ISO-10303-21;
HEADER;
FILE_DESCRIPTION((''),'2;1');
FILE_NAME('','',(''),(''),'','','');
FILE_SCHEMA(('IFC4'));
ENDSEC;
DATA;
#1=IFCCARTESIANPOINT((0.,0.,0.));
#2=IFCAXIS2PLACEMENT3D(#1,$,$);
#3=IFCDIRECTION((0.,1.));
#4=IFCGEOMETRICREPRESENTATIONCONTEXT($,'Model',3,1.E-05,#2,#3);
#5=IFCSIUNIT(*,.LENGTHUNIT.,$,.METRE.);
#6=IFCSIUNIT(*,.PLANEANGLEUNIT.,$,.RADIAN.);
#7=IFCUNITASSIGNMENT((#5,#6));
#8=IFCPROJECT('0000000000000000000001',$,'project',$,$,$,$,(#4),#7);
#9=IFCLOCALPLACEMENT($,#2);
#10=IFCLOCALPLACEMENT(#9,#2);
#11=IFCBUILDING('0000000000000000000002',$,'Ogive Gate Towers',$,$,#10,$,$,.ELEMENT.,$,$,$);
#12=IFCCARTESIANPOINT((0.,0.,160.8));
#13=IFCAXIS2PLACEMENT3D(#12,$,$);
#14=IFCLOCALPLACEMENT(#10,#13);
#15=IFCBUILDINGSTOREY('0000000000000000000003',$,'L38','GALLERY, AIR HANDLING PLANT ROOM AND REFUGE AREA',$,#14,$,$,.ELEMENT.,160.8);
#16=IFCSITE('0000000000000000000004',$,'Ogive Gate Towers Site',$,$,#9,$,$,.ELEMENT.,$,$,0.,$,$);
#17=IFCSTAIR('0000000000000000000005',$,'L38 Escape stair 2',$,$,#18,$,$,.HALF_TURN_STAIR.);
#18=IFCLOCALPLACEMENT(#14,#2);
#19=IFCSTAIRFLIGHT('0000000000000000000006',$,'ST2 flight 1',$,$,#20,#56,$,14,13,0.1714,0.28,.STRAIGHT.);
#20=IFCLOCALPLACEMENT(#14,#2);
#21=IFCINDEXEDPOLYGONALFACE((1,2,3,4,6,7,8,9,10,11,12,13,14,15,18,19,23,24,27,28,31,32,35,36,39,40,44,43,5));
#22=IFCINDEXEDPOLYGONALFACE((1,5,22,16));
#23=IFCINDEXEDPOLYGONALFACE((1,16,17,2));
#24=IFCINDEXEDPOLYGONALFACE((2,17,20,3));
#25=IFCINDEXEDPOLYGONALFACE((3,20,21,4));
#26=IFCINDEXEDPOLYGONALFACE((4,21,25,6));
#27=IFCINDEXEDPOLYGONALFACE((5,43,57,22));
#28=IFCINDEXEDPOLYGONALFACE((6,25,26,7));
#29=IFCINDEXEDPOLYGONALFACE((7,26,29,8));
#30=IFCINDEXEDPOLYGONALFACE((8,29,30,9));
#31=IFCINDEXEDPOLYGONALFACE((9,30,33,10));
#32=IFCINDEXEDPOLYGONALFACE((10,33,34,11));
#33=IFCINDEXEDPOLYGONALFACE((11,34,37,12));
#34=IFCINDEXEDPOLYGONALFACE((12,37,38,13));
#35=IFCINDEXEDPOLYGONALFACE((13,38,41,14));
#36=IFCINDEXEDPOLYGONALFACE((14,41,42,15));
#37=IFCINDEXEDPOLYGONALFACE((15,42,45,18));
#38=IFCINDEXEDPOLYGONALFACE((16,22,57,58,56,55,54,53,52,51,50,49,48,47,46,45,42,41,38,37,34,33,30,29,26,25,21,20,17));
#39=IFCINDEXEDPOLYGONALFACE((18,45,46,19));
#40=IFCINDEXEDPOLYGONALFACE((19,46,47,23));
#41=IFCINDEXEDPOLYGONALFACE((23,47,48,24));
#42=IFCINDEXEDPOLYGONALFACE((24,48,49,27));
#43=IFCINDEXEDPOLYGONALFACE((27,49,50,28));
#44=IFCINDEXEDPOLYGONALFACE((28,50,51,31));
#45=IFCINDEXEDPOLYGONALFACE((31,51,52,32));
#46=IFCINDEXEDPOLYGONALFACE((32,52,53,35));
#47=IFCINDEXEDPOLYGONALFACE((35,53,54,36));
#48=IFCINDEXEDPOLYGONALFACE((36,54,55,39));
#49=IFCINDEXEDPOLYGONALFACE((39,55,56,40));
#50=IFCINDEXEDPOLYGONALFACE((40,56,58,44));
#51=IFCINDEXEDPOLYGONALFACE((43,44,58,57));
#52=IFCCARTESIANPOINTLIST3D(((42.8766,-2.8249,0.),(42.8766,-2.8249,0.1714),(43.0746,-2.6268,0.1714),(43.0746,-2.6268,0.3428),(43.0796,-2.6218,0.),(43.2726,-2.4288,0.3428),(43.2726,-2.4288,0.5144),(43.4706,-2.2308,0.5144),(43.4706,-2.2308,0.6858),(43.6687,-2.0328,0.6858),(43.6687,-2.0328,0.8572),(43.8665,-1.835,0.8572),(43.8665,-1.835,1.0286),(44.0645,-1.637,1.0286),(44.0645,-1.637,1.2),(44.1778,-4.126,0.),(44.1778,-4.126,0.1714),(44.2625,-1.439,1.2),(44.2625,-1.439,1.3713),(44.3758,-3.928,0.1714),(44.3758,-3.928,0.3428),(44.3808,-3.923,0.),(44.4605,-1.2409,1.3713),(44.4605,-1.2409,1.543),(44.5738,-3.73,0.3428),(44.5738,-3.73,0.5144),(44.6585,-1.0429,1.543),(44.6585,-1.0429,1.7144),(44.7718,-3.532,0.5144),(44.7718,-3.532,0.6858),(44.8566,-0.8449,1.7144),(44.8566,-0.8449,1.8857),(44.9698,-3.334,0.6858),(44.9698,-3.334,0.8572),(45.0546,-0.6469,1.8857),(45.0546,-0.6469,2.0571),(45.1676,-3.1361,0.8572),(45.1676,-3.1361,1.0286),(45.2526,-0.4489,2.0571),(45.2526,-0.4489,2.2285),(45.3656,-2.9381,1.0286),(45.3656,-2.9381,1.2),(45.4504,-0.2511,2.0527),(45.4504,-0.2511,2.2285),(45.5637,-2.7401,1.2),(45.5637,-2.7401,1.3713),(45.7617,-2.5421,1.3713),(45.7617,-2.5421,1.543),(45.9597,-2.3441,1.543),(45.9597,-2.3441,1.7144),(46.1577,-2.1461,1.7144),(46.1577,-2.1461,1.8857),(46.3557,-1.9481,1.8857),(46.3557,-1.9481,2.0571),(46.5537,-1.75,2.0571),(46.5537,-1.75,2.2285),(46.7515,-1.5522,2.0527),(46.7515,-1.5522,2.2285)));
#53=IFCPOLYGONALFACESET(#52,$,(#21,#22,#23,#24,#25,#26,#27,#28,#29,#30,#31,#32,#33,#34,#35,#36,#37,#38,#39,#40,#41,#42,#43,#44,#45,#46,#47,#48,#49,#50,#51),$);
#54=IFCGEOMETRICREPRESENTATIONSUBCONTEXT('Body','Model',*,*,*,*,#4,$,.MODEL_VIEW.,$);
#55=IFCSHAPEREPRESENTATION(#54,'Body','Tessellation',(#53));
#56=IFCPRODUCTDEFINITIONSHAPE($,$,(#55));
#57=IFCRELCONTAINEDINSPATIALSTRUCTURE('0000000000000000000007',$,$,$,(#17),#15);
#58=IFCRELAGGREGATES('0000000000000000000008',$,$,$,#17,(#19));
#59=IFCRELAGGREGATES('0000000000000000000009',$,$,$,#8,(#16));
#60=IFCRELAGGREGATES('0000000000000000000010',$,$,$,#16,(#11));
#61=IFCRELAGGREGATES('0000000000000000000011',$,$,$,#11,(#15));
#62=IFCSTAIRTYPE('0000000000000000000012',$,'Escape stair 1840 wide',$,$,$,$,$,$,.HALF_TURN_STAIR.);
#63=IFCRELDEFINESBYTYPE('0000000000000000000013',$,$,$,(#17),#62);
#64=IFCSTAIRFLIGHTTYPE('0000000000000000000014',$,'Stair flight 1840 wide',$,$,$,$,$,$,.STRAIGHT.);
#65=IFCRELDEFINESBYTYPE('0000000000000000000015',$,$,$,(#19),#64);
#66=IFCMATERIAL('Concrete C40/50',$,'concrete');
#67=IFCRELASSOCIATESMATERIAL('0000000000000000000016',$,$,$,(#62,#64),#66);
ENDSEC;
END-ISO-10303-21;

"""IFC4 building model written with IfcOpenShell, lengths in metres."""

from ifc_helpers import new_model, si_unit, direction, frame, origin, place, context, subcontext, project, spatial, polyline, outline, extrude, material, type_object, element, aggregate, save


model = new_model("IFC4")

# Units and contexts
model_context = context("Model", 3, precision=1e-05, world=origin(), true_north=direction((0.0, 1.0)))
body_context = subcontext(model_context, "Body", "Model", "MODEL_VIEW")
ifc_project = project(units=[si_unit("LENGTHUNIT", "METRE"), si_unit("PLANEANGLEUNIT", "RADIAN")], contexts=[model_context])

# Site, building, storey
site_placement = place(None, origin())
site = spatial("IfcSite", under=ifc_project, at=site_placement, Name="Ogive Gate Towers Site", CompositionType="ELEMENT", RefElevation=0.0)
building_placement = place(site_placement, origin())
building = spatial("IfcBuilding", under=site, at=building_placement, Name="Ogive Gate Towers", CompositionType="ELEMENT")
storey_placement = place(building_placement, frame((0.0, 0.0, 160.8)))
storey = spatial("IfcBuildingStorey", under=building, at=storey_placement, Name="L38", Description="GALLERY, AIR HANDLING PLANT ROOM AND REFUGE AREA", CompositionType="ELEMENT", Elevation=160.8)

# Stair, stair flight
ifc_material_1 = material(Name="Concrete C40/50", Category="concrete")
stair_type = type_object("IfcStairType", Name="Escape stair 1840 wide", PredefinedType="HALF_TURN_STAIR", material=ifc_material_1)
stair_placement = place(storey_placement, origin())
stair = element("IfcStair", 1, at=stair_placement, inside=storey, type_object=stair_type, Name="L38 Escape stair 2", PredefinedType="HALF_TURN_STAIR")
stair_flight_type = type_object("IfcStairFlightType", Name="Stair flight 1840 wide", PredefinedType="STRAIGHT", material=ifc_material_1)
stair_flight_placement = place(storey_placement, frame((43.5271, -3.4753, 0.0), z_axis=(0.0, 0.0, 1.0), x_axis=(0.707107, 0.707107, 0.0)))
stair_flight = element("IfcStairFlight", 2, at=stair_flight_placement, type_object=stair_flight_type, Name="ST2 flight 1", NumberOfRisers=14, NumberOfTreads=13, PredefinedType="STRAIGHT", RiserHeight=0.1714, TreadLength=0.28, context=body_context, shape_type="SweptSolid", body=[
    extrude(outline(polyline([(0.0, 0.0), (0.0, 0.1714), (0.28, 0.1714), (0.28, 0.3428), (0.5601, 0.3428), (0.5601, 0.5144), (0.8401, 0.5144), (0.8401, 0.6858), (1.1201, 0.6858), (1.1201, 0.8572), (1.3999, 0.8572), (1.3999, 1.0286), (1.6799, 1.0286), (1.6799, 1.2), (1.96, 1.2), (1.96, 1.3713), (2.24, 1.3713), (2.24, 1.543), (2.52, 1.543), (2.52, 1.7144), (2.8, 1.7144), (2.8, 1.8857), (3.0801, 1.8857), (3.0801, 2.0571), (3.3601, 2.0571), (3.3601, 2.2285), (3.6399, 2.2285), (3.6399, 2.3999), (3.6399, 2.0527), (0.2871, 0.0), (0.0, 0.0)])), frame((0.0, 0.9199, 0.0), z_axis=(0.0, -1.0, 0.0), x_axis=(1.0, 0.0, 0.0)), (0.0, 0.0, 1.0), 1.8401),
])
aggregate(stair, [stair_flight])

save(model, "model.ifc")
